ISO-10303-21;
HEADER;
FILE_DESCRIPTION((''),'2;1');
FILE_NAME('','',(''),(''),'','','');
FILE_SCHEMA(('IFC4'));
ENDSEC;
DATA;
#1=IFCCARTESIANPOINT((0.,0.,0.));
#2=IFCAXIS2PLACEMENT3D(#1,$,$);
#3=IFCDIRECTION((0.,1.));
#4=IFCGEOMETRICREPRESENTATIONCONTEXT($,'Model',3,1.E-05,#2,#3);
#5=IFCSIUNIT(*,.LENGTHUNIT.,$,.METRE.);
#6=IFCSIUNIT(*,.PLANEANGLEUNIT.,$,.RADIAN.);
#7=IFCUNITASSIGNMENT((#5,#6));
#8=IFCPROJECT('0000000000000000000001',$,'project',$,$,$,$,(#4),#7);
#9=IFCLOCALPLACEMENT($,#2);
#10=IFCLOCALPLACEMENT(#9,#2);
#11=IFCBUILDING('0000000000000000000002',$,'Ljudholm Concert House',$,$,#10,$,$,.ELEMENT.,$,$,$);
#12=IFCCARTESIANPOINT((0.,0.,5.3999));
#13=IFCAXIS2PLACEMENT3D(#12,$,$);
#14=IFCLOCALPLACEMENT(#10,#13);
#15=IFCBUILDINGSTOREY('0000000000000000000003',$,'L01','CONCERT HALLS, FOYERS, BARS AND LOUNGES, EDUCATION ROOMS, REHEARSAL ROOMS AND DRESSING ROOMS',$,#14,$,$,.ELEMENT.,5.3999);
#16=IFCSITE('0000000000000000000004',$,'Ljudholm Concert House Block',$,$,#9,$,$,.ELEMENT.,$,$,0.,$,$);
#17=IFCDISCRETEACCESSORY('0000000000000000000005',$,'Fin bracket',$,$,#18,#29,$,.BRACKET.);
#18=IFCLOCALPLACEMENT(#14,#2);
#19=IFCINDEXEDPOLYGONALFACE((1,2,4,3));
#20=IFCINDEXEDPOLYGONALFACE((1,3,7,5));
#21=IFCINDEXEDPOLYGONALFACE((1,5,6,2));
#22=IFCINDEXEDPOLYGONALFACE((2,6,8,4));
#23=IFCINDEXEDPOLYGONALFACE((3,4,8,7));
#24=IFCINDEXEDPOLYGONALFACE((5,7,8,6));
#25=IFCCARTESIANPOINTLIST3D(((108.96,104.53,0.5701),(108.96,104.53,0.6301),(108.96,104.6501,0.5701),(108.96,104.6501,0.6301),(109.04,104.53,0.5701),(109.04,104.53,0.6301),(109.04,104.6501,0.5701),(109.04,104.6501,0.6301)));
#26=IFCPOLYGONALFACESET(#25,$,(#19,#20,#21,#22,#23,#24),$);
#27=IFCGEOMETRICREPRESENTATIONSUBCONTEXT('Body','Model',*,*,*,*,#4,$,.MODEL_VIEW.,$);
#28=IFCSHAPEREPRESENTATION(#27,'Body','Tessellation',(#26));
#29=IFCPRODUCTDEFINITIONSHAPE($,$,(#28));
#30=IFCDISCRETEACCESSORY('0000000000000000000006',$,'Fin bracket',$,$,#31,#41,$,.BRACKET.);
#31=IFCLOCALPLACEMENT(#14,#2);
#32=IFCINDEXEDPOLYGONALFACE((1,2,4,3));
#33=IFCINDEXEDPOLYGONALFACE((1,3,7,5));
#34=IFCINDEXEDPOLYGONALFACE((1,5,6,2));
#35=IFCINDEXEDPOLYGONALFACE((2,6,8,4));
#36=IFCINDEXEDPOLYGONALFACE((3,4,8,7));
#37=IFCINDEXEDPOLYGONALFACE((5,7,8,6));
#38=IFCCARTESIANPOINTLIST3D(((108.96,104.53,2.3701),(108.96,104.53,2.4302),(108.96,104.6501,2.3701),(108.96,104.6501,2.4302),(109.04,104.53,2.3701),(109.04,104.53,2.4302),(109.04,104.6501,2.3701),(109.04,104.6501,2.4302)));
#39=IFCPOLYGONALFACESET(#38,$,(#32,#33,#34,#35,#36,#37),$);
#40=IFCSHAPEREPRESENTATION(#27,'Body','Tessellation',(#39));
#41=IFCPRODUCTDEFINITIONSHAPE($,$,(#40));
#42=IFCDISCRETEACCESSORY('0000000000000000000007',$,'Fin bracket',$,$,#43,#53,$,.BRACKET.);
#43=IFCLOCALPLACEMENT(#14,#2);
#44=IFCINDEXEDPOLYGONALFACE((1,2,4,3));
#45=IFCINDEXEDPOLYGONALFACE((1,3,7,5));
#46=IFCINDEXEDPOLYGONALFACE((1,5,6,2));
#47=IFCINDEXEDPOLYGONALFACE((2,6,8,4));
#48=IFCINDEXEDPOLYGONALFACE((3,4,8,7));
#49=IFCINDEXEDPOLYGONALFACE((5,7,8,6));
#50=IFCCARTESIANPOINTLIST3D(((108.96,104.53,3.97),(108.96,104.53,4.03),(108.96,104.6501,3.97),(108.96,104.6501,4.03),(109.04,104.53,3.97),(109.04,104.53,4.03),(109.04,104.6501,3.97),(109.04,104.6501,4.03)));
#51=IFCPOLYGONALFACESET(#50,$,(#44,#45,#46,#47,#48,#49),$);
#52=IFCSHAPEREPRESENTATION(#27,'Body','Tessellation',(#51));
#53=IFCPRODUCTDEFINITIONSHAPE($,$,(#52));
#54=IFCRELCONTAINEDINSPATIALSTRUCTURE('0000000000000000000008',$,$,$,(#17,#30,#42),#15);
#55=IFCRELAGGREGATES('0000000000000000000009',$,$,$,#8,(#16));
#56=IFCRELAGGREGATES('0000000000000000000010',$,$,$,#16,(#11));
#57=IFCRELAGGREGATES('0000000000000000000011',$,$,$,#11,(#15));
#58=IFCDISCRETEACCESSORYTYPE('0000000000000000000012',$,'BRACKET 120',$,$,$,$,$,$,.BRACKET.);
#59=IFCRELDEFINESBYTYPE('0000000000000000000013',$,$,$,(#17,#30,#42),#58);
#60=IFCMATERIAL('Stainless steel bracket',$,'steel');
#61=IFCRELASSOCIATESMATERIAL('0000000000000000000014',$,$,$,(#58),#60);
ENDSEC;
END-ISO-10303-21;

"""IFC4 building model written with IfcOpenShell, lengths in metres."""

from ifc_helpers import new_model, si_unit, direction, frame, origin, origin_2d, place, context, subcontext, project, spatial, rectangle, extrude, material, type_object, element, save


model = new_model("IFC4")

# Units and contexts
model_context = context("Model", 3, precision=1e-05, world=origin(), true_north=direction((0.0, 1.0)))
body_context = subcontext(model_context, "Body", "Model", "MODEL_VIEW")
ifc_project = project(units=[si_unit("LENGTHUNIT", "METRE"), si_unit("PLANEANGLEUNIT", "RADIAN")], contexts=[model_context])

# Site, building, storey
site_placement = place(None, origin())
site = spatial("IfcSite", under=ifc_project, at=site_placement, Name="Ljudholm Concert House Block", CompositionType="ELEMENT", RefElevation=0.0)
building_placement = place(site_placement, origin())
building = spatial("IfcBuilding", under=site, at=building_placement, Name="Ljudholm Concert House", CompositionType="ELEMENT")
storey_placement = place(building_placement, frame((0.0, 0.0, 5.3999)))
storey = spatial("IfcBuildingStorey", under=building, at=storey_placement, Name="L01", Description="CONCERT HALLS, FOYERS, BARS AND LOUNGES, EDUCATION ROOMS, REHEARSAL ROOMS AND DRESSING ROOMS", CompositionType="ELEMENT", Elevation=5.3999)

# Discrete accessories
ifc_material_1 = material(Name="Stainless steel bracket", Category="steel")
discrete_accessory_type = type_object("IfcDiscreteAccessoryType", Name="BRACKET 120", PredefinedType="BRACKET", material=ifc_material_1)
for number, where, z_axis, x_axis, name in (
    (1, (109.0, 104.5901, 0.5701), (0.0, 0.0, 1.0), (0.0, -1.0, 0.0), "Fin bracket"),
    (2, (109.0, 104.5901, 2.3701), (0.0, 0.0, 1.0), (0.0, -1.0, 0.0), "Fin bracket"),
    (3, (109.0, 104.5901, 3.97), (0.0, 0.0, 1.0), (0.0, -1.0, 0.0), "Fin bracket"),
):
    element("IfcDiscreteAccessory", number, at=place(storey_placement, frame(where, z_axis=z_axis, x_axis=x_axis)), inside=storey, type_object=discrete_accessory_type, Name=name, PredefinedType="BRACKET", context=body_context, shape_type="SweptSolid", body=[
        extrude(rectangle(XDim=0.1201, YDim=0.0801, at=origin_2d()), origin(), (0.0, 0.0, 1.0), 0.0601),
    ])

save(model, "model.ifc")
